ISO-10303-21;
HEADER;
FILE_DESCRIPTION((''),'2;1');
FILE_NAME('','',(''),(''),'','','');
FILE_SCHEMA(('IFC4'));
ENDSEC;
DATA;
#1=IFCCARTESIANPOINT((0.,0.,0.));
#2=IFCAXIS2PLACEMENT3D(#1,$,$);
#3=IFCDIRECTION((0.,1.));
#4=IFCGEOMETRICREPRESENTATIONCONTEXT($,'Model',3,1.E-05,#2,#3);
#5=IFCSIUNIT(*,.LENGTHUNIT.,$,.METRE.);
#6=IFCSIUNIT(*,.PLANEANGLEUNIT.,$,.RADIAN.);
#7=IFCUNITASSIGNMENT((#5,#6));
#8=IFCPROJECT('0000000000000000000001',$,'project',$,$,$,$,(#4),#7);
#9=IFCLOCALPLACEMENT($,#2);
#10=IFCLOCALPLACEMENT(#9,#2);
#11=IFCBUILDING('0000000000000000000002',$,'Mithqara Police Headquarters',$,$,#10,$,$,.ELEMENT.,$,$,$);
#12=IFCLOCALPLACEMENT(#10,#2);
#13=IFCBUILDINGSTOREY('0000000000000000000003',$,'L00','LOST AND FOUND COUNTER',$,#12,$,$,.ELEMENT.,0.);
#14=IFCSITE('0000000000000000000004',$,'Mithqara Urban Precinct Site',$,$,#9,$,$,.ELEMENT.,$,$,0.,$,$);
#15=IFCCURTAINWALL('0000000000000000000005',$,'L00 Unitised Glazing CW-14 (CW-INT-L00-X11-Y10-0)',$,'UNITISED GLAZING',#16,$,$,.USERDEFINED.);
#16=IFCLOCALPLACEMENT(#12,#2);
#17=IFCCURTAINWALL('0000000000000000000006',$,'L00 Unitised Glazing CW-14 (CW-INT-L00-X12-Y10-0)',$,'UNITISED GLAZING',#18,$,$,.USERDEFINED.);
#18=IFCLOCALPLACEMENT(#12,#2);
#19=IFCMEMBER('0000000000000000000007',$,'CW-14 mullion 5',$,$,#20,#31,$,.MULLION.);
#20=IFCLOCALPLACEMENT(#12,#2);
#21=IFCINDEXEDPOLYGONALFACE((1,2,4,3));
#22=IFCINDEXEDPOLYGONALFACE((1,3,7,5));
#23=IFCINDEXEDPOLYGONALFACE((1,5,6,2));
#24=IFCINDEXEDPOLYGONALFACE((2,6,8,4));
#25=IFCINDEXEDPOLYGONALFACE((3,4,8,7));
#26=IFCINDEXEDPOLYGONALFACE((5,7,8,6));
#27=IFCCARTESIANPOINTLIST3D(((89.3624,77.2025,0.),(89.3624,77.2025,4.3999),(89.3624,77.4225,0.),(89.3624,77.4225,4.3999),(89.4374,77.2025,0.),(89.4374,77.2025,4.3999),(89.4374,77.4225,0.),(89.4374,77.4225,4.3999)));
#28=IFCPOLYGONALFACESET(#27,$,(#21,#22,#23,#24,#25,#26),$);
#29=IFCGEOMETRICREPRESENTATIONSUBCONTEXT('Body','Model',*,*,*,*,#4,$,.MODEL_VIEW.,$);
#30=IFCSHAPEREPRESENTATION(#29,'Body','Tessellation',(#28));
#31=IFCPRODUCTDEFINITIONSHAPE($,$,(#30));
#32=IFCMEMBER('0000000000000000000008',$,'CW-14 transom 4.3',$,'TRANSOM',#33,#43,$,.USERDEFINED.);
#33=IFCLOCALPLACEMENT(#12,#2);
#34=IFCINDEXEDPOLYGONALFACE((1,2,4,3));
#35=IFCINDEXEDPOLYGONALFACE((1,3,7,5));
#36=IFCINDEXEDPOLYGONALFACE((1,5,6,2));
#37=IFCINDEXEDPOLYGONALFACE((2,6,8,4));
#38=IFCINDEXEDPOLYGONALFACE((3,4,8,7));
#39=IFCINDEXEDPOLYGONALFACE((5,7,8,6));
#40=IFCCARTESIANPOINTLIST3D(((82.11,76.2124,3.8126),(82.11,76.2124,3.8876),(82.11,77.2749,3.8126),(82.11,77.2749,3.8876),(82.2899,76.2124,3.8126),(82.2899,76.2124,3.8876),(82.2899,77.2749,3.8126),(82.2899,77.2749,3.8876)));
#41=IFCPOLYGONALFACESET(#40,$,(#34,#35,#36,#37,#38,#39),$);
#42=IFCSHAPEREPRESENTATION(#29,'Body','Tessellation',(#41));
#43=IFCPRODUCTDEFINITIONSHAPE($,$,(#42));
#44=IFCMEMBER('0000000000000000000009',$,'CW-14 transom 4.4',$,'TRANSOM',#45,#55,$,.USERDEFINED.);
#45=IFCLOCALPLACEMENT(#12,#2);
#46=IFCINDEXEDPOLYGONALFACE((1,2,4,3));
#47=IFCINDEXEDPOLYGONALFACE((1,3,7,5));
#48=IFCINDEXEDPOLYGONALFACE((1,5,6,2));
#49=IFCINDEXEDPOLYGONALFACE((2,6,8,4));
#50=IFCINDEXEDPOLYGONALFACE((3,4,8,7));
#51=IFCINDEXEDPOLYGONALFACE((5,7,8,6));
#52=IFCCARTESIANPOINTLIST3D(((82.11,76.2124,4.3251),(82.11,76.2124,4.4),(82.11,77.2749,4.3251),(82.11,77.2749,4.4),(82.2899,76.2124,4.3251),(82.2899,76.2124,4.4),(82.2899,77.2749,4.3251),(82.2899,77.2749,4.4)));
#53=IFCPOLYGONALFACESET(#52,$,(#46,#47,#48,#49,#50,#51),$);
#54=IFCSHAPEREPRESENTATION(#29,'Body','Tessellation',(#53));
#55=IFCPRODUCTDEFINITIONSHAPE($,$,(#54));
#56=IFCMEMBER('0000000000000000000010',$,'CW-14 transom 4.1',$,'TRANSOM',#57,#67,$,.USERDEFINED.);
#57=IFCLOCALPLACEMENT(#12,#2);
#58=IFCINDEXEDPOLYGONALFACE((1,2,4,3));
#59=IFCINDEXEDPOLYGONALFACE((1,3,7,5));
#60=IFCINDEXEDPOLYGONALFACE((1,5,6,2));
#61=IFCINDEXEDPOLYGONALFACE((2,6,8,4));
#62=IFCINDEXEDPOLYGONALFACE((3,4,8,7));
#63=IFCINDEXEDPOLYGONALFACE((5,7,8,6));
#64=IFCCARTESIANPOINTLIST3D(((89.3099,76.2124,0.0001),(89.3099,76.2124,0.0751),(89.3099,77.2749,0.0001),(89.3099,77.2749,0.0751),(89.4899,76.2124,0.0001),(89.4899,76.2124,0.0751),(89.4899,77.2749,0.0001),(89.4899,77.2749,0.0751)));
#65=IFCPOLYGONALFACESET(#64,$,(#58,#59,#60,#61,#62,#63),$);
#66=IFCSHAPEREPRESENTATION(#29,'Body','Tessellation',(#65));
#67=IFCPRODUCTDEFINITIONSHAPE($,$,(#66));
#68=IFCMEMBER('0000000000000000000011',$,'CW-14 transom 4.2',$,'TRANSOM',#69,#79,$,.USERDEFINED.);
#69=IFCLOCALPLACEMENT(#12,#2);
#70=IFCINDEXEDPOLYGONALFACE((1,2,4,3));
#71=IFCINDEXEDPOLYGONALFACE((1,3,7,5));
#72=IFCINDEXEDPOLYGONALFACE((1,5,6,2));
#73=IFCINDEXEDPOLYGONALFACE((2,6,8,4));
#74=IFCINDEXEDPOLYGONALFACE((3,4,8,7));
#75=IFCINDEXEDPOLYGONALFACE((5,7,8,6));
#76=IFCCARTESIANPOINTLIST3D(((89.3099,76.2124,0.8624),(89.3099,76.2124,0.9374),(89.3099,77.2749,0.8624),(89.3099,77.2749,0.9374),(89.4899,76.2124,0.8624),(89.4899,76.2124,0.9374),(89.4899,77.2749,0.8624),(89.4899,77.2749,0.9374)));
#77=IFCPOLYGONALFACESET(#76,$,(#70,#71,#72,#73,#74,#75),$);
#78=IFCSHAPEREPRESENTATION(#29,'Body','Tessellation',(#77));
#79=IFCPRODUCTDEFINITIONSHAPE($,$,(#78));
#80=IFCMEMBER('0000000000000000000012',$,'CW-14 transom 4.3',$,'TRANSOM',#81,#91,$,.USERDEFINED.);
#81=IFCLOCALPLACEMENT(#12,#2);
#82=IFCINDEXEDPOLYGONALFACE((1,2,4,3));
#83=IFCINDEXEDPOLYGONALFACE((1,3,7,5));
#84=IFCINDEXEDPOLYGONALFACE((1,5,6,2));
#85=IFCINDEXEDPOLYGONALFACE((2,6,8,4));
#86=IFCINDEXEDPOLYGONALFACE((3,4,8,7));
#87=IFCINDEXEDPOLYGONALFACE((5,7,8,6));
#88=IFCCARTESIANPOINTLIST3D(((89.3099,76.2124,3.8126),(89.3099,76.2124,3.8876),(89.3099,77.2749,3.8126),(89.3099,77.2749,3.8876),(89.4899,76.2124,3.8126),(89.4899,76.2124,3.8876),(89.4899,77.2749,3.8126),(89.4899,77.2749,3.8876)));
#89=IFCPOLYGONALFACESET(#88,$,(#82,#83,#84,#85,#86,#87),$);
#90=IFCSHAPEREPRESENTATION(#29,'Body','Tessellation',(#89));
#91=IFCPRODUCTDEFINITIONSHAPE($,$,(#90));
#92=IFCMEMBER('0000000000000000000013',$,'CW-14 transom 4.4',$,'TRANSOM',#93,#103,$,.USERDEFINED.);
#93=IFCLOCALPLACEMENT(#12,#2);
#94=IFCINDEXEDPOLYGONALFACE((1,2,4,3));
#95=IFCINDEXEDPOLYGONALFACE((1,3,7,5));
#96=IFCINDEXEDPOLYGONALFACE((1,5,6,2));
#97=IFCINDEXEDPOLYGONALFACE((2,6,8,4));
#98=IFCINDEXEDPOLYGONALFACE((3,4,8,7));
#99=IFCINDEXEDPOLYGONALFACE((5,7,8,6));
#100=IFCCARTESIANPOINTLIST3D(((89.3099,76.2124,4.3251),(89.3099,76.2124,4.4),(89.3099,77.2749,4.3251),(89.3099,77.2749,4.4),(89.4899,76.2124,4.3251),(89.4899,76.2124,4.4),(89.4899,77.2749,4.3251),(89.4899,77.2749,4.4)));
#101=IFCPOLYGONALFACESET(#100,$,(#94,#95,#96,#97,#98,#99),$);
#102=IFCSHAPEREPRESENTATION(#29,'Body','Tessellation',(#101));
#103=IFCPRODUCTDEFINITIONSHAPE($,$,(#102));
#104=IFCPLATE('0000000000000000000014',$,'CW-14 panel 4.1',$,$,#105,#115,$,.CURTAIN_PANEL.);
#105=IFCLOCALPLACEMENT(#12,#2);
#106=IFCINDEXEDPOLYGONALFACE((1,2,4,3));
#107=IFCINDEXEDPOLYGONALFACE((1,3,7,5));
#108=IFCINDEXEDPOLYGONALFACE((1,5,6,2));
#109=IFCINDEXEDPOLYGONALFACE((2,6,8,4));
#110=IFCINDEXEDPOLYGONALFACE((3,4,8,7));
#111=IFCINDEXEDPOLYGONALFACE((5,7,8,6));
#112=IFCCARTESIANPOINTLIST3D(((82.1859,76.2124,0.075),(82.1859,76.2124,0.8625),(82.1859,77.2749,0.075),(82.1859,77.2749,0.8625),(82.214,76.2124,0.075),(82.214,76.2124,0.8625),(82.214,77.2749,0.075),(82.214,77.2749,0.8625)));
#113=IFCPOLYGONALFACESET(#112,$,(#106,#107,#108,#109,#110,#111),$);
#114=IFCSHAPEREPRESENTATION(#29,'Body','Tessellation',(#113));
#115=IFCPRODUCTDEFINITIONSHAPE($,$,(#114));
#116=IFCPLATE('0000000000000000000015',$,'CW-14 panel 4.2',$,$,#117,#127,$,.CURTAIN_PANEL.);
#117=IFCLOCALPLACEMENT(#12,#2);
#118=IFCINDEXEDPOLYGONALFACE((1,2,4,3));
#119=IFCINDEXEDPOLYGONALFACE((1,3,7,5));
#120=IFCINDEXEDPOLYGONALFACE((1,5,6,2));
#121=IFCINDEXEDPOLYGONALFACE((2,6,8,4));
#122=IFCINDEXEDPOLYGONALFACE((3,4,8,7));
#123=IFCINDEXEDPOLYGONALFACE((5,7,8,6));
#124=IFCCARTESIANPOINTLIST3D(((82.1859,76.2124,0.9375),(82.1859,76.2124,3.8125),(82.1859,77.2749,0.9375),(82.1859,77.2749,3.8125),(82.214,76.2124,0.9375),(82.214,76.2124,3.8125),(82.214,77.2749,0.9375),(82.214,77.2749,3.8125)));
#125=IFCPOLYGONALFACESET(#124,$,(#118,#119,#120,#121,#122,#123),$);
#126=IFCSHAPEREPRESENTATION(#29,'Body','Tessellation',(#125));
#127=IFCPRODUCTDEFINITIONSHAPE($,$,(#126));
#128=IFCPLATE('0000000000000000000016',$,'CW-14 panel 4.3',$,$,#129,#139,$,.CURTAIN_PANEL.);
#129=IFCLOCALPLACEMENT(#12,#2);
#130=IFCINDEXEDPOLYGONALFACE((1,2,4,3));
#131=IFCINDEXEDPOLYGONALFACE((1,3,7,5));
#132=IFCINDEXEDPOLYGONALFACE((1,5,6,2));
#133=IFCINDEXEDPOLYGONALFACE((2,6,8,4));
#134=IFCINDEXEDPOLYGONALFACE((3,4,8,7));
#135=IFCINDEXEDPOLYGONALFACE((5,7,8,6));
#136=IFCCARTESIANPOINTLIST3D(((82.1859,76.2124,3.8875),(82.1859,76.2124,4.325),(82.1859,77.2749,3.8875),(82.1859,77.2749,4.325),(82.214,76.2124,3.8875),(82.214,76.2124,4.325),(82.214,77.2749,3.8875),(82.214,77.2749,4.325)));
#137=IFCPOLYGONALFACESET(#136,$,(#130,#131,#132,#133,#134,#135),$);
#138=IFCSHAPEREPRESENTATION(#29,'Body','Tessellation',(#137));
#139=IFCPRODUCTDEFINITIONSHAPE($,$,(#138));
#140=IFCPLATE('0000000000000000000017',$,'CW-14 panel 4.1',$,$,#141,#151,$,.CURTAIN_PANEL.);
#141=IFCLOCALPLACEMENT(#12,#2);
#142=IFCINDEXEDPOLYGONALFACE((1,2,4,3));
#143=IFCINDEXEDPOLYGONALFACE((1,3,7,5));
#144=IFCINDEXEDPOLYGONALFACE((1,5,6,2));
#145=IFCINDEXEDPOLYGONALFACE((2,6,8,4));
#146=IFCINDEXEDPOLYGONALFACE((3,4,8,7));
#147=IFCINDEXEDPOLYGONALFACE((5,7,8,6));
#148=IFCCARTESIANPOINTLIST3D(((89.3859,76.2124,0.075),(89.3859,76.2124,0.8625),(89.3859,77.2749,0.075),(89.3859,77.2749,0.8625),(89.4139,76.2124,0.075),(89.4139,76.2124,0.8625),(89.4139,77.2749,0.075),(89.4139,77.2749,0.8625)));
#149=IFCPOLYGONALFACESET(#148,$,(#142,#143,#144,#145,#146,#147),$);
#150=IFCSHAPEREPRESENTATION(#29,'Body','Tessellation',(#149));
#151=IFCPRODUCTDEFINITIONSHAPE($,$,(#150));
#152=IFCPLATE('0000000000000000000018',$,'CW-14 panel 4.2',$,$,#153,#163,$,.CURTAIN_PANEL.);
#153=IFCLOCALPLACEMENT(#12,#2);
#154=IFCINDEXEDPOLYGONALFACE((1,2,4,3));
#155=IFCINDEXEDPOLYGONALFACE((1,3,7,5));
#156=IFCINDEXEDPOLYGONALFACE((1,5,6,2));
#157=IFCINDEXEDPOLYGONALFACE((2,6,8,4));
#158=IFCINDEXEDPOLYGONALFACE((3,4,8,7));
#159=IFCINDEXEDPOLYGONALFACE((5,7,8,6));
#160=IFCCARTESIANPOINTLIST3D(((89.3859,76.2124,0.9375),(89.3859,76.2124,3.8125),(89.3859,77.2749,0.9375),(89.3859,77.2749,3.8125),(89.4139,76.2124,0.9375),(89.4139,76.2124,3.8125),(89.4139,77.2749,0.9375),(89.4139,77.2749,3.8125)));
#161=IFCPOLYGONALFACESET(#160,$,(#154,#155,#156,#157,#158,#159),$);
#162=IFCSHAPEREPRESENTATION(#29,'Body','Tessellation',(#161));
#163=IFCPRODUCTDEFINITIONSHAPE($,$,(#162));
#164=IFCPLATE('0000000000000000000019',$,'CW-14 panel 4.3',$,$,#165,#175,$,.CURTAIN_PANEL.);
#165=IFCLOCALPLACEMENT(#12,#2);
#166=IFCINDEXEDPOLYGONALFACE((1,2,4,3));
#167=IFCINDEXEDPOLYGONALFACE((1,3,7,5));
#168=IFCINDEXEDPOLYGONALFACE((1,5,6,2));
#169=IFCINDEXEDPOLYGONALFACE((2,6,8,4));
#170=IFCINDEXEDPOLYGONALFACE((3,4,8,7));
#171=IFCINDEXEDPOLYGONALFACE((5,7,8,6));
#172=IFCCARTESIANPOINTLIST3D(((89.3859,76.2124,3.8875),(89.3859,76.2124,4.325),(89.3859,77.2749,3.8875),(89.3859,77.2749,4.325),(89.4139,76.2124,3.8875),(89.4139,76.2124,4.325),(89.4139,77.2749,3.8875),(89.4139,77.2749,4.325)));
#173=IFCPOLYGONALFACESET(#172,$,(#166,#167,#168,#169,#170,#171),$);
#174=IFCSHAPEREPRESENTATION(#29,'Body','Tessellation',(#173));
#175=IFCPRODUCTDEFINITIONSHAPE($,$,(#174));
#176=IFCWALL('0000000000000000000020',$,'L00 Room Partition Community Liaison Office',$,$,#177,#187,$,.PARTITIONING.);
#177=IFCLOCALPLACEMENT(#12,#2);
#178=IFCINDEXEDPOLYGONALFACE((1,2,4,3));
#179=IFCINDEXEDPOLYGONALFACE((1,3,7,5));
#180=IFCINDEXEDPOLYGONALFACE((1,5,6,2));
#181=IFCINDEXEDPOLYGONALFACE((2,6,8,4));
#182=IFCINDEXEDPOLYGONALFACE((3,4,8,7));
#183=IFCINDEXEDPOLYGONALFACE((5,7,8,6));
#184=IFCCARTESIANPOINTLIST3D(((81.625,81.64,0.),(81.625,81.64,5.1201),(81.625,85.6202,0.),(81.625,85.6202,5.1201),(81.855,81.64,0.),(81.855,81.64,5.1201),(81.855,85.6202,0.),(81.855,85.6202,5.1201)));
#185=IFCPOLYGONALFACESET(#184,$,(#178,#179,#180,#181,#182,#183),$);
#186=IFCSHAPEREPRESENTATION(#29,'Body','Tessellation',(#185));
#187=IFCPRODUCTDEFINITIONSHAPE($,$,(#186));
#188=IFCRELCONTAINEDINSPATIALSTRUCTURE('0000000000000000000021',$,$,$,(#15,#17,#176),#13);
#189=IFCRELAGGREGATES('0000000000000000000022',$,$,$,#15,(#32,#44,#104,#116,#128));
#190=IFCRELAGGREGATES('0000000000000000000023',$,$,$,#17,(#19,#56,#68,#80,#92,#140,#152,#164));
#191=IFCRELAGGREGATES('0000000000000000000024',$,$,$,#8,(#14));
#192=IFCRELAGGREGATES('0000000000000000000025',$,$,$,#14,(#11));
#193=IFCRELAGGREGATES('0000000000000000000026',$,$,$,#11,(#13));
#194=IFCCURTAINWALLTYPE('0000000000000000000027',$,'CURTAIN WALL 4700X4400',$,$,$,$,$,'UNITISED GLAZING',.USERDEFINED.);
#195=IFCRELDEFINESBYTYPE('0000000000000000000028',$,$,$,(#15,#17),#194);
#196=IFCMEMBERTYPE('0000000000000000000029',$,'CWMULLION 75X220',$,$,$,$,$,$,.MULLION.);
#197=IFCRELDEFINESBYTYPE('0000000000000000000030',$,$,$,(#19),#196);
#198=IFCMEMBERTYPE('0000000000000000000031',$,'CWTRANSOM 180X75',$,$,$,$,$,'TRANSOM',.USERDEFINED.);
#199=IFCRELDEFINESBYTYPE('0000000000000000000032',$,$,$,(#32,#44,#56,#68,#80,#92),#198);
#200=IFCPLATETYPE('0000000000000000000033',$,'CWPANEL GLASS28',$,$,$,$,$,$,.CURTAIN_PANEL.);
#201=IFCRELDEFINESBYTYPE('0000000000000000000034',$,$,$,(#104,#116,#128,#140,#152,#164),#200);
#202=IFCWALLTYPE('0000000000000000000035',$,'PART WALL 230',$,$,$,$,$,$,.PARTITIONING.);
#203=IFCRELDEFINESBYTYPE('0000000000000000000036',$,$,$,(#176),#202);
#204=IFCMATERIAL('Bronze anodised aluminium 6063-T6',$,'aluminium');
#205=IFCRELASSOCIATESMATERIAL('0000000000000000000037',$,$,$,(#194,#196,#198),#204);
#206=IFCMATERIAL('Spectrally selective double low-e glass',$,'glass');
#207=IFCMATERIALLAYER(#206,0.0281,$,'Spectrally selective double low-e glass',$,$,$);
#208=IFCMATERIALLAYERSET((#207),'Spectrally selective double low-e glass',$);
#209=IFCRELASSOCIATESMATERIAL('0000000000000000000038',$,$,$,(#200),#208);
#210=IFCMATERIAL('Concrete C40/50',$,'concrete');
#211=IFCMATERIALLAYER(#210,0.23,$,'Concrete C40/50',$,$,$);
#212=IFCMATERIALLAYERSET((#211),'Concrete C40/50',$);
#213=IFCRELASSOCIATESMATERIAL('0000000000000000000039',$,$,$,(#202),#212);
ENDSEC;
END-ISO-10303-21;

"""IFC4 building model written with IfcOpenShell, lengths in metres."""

from ifc_helpers import new_model, si_unit, direction, frame, frame_2d, origin, origin_2d, place, context, subcontext, project, spatial, rectangle, extrude, material, layer, layer_set, material_profile, profile_set, type_object, element, aggregate, save


model = new_model("IFC4")

# Units and contexts
model_context = context("Model", 3, precision=1e-05, world=origin(), true_north=direction((0.0, 1.0)))
body_context = subcontext(model_context, "Body", "Model", "MODEL_VIEW")
ifc_project = project(units=[si_unit("LENGTHUNIT", "METRE"), si_unit("PLANEANGLEUNIT", "RADIAN")], contexts=[model_context])

# Site, building, storey
site_placement = place(None, origin())
site = spatial("IfcSite", under=ifc_project, at=site_placement, Name="Mithqara Urban Precinct Site", CompositionType="ELEMENT", RefElevation=0.0)
building_placement = place(site_placement, origin())
building = spatial("IfcBuilding", under=site, at=building_placement, Name="Mithqara Police Headquarters", CompositionType="ELEMENT")
storey_placement = place(building_placement, origin())
storey = spatial("IfcBuildingStorey", under=building, at=storey_placement, Name="L00", Description="LOST AND FOUND COUNTER", CompositionType="ELEMENT", Elevation=0.0)

# Shared definitions
ifc_material_1 = material(Name="Concrete C40/50", Category="concrete")

# Curtain walls, member
ifc_material_2 = material(Name="Bronze anodised aluminium 6063-T6", Category="aluminium")
curtain_wall_type = type_object("IfcCurtainWallType", Name="CURTAIN WALL 4700X4400", ElementType="UNITISED GLAZING", PredefinedType="USERDEFINED", material=ifc_material_2)
curtain_wall_1_placement = place(storey_placement, origin())
curtain_wall_1 = element("IfcCurtainWall", 1, at=curtain_wall_1_placement, inside=storey, type_object=curtain_wall_type, Name="L00 Unitised Glazing CW-14 (CW-INT-L00-X11-Y10-0)", ObjectType="UNITISED GLAZING", PredefinedType="USERDEFINED")
ifc_material_profile_1 = material_profile(ifc_material_2, rectangle(XDim=0.075, YDim=0.22, at=origin_2d()), Name="CWM 75x220")
ifc_profile_set_1 = profile_set([ifc_material_profile_1], Name="Bronze anodised aluminium 6063-T6")
member_type_1 = type_object("IfcMemberType", Name="CWMULLION 75X220", PredefinedType="MULLION", material=ifc_profile_set_1)
curtain_wall_2_placement = place(storey_placement, origin())
curtain_wall_2 = element("IfcCurtainWall", 2, at=curtain_wall_2_placement, inside=storey, type_object=curtain_wall_type, Name="L00 Unitised Glazing CW-14 (CW-INT-L00-X12-Y10-0)", ObjectType="UNITISED GLAZING", PredefinedType="USERDEFINED")
member_1_placement = place(storey_placement, frame((89.3999, 77.3125, 0.0), z_axis=(0.0, 0.0, 1.0), x_axis=(-1.0, 0.0, 0.0)))
member_1 = element("IfcMember", 3, at=member_1_placement, type_object=member_type_1, Name="CW-14 mullion 5", PredefinedType="MULLION", context=body_context, shape_type="SweptSolid", body=[
    extrude(rectangle(XDim=0.075, YDim=0.22, at=origin_2d()), origin(), (0.0, 0.0, 1.0), 4.3999),
])

# Members
ifc_material_profile_2 = material_profile(ifc_material_2, rectangle(XDim=0.1799, YDim=0.075, at=origin_2d()), Name="CWT 180x75")
ifc_profile_set_2 = profile_set([ifc_material_profile_2], Name="Bronze anodised aluminium 6063-T6")
member_type_2 = type_object("IfcMemberType", Name="CWTRANSOM 180X75", ElementType="TRANSOM", PredefinedType="USERDEFINED", material=ifc_profile_set_2)
member_2_placement = place(storey_placement, frame((82.2, 76.2124, 3.8501), z_axis=(0.0, 1.0, 0.0), x_axis=(-1.0, 0.0, 0.0)))
member_2 = element("IfcMember", 4, at=member_2_placement, type_object=member_type_2, Name="CW-14 transom 4.3", ObjectType="TRANSOM", PredefinedType="USERDEFINED", context=body_context, shape_type="SweptSolid", body=[
    extrude(rectangle(XDim=0.1799, YDim=0.075, at=origin_2d()), origin(), (0.0, 0.0, 1.0), 1.0625),
])
member_3_placement = place(storey_placement, frame((82.2, 76.2124, 4.3625), z_axis=(0.0, 1.0, 0.0), x_axis=(-1.0, 0.0, 0.0)))
member_3 = element("IfcMember", 5, at=member_3_placement, type_object=member_type_2, Name="CW-14 transom 4.4", ObjectType="TRANSOM", PredefinedType="USERDEFINED", context=body_context, shape_type="SweptSolid", body=[
    extrude(rectangle(XDim=0.1799, YDim=0.075, at=origin_2d()), origin(), (0.0, 0.0, 1.0), 1.0625),
])
member_4_placement = place(storey_placement, frame((89.3999, 76.2124, 0.0376), z_axis=(0.0, 1.0, 0.0), x_axis=(-1.0, 0.0, 0.0)))
member_4 = element("IfcMember", 6, at=member_4_placement, type_object=member_type_2, Name="CW-14 transom 4.1", ObjectType="TRANSOM", PredefinedType="USERDEFINED", context=body_context, shape_type="SweptSolid", body=[
    extrude(rectangle(XDim=0.1799, YDim=0.075, at=origin_2d()), origin(), (0.0, 0.0, 1.0), 1.0625),
])
member_5_placement = place(storey_placement, frame((89.3999, 76.2124, 0.8999), z_axis=(0.0, 1.0, 0.0), x_axis=(-1.0, 0.0, 0.0)))
member_5 = element("IfcMember", 7, at=member_5_placement, type_object=member_type_2, Name="CW-14 transom 4.2", ObjectType="TRANSOM", PredefinedType="USERDEFINED", context=body_context, shape_type="SweptSolid", body=[
    extrude(rectangle(XDim=0.1799, YDim=0.075, at=origin_2d()), origin(), (0.0, 0.0, 1.0), 1.0625),
])
member_6_placement = place(storey_placement, frame((89.3999, 76.2124, 3.8501), z_axis=(0.0, 1.0, 0.0), x_axis=(-1.0, 0.0, 0.0)))
member_6 = element("IfcMember", 8, at=member_6_placement, type_object=member_type_2, Name="CW-14 transom 4.3", ObjectType="TRANSOM", PredefinedType="USERDEFINED", context=body_context, shape_type="SweptSolid", body=[
    extrude(rectangle(XDim=0.1799, YDim=0.075, at=origin_2d()), origin(), (0.0, 0.0, 1.0), 1.0625),
])
member_7_placement = place(storey_placement, frame((89.3999, 76.2124, 4.3625), z_axis=(0.0, 1.0, 0.0), x_axis=(-1.0, 0.0, 0.0)))
member_7 = element("IfcMember", 9, at=member_7_placement, type_object=member_type_2, Name="CW-14 transom 4.4", ObjectType="TRANSOM", PredefinedType="USERDEFINED", context=body_context, shape_type="SweptSolid", body=[
    extrude(rectangle(XDim=0.1799, YDim=0.075, at=origin_2d()), origin(), (0.0, 0.0, 1.0), 1.0625),
])

# Plates
ifc_material_3 = material(Name="Spectrally selective double low-e glass", Category="glass")
ifc_layer_1 = layer(ifc_material_3, 0.0281, Name="Spectrally selective double low-e glass")
ifc_layer_set_1 = layer_set([ifc_layer_1], Name="Spectrally selective double low-e glass")
plate_type = type_object("IfcPlateType", Name="CWPANEL GLASS28", PredefinedType="CURTAIN_PANEL", material=ifc_layer_set_1)
plate_1_placement = place(storey_placement, frame((82.2, 76.7437, 0.075), z_axis=(0.0, 0.0, 1.0), x_axis=(0.0, 1.0, 0.0)))
plate_1 = element("IfcPlate", 10, at=plate_1_placement, type_object=plate_type, Name="CW-14 panel 4.1", PredefinedType="CURTAIN_PANEL", context=body_context, shape_type="SweptSolid", body=[
    extrude(rectangle(XDim=1.0625, YDim=0.0281, at=origin_2d()), origin(), (0.0, 0.0, 1.0), 0.7876),
])
plate_2_placement = place(storey_placement, frame((82.2, 76.7437, 0.9375), z_axis=(0.0, 0.0, 1.0), x_axis=(0.0, 1.0, 0.0)))
plate_2 = element("IfcPlate", 11, at=plate_2_placement, type_object=plate_type, Name="CW-14 panel 4.2", PredefinedType="CURTAIN_PANEL", context=body_context, shape_type="SweptSolid", body=[
    extrude(rectangle(XDim=1.0625, YDim=0.0281, at=origin_2d()), origin(), (0.0, 0.0, 1.0), 2.875),
])
plate_3_placement = place(storey_placement, frame((82.2, 76.7437, 3.8875), z_axis=(0.0, 0.0, 1.0), x_axis=(0.0, 1.0, 0.0)))
plate_3 = element("IfcPlate", 12, at=plate_3_placement, type_object=plate_type, Name="CW-14 panel 4.3", PredefinedType="CURTAIN_PANEL", context=body_context, shape_type="SweptSolid", body=[
    extrude(rectangle(XDim=1.0625, YDim=0.0281, at=origin_2d()), origin(), (0.0, 0.0, 1.0), 0.4375),
])
aggregate(curtain_wall_1, [member_2, member_3, plate_1, plate_2, plate_3])
plate_4_placement = place(storey_placement, frame((89.3999, 76.7437, 0.075), z_axis=(0.0, 0.0, 1.0), x_axis=(0.0, 1.0, 0.0)))
plate_4 = element("IfcPlate", 13, at=plate_4_placement, type_object=plate_type, Name="CW-14 panel 4.1", PredefinedType="CURTAIN_PANEL", context=body_context, shape_type="SweptSolid", body=[
    extrude(rectangle(XDim=1.0625, YDim=0.0281, at=origin_2d()), origin(), (0.0, 0.0, 1.0), 0.7876),
])
plate_5_placement = place(storey_placement, frame((89.3999, 76.7437, 0.9375), z_axis=(0.0, 0.0, 1.0), x_axis=(0.0, 1.0, 0.0)))
plate_5 = element("IfcPlate", 14, at=plate_5_placement, type_object=plate_type, Name="CW-14 panel 4.2", PredefinedType="CURTAIN_PANEL", context=body_context, shape_type="SweptSolid", body=[
    extrude(rectangle(XDim=1.0625, YDim=0.0281, at=origin_2d()), origin(), (0.0, 0.0, 1.0), 2.875),
])
plate_6_placement = place(storey_placement, frame((89.3999, 76.7437, 3.8875), z_axis=(0.0, 0.0, 1.0), x_axis=(0.0, 1.0, 0.0)))
plate_6 = element("IfcPlate", 15, at=plate_6_placement, type_object=plate_type, Name="CW-14 panel 4.3", PredefinedType="CURTAIN_PANEL", context=body_context, shape_type="SweptSolid", body=[
    extrude(rectangle(XDim=1.0625, YDim=0.0281, at=origin_2d()), origin(), (0.0, 0.0, 1.0), 0.4375),
])
aggregate(curtain_wall_2, [member_1, member_4, member_5, member_6, member_7, plate_4, plate_5, plate_6])

# Wall
ifc_layer_2 = layer(ifc_material_1, 0.23, Name="Concrete C40/50")
ifc_layer_set_2 = layer_set([ifc_layer_2], Name="Concrete C40/50")
wall_type = type_object("IfcWallType", Name="PART WALL 230", PredefinedType="PARTITIONING", material=ifc_layer_set_2)
wall_1_placement = place(storey_placement, frame((81.74, 81.6399, 0.0), z_axis=(0.0, 0.0, 1.0), x_axis=(0.0, 1.0, 0.0)))
element("IfcWall", 16, at=wall_1_placement, inside=storey, type_object=wall_type, Name="L00 Room Partition Community Liaison Office", PredefinedType="PARTITIONING", context=body_context, shape_type="SweptSolid", body=[
    extrude(rectangle(XDim=3.9802, YDim=0.23, at=frame_2d((1.9902, 0.0))), origin(), (0.0, 0.0, 1.0), 5.1201),
])

save(model, "model.ifc")
